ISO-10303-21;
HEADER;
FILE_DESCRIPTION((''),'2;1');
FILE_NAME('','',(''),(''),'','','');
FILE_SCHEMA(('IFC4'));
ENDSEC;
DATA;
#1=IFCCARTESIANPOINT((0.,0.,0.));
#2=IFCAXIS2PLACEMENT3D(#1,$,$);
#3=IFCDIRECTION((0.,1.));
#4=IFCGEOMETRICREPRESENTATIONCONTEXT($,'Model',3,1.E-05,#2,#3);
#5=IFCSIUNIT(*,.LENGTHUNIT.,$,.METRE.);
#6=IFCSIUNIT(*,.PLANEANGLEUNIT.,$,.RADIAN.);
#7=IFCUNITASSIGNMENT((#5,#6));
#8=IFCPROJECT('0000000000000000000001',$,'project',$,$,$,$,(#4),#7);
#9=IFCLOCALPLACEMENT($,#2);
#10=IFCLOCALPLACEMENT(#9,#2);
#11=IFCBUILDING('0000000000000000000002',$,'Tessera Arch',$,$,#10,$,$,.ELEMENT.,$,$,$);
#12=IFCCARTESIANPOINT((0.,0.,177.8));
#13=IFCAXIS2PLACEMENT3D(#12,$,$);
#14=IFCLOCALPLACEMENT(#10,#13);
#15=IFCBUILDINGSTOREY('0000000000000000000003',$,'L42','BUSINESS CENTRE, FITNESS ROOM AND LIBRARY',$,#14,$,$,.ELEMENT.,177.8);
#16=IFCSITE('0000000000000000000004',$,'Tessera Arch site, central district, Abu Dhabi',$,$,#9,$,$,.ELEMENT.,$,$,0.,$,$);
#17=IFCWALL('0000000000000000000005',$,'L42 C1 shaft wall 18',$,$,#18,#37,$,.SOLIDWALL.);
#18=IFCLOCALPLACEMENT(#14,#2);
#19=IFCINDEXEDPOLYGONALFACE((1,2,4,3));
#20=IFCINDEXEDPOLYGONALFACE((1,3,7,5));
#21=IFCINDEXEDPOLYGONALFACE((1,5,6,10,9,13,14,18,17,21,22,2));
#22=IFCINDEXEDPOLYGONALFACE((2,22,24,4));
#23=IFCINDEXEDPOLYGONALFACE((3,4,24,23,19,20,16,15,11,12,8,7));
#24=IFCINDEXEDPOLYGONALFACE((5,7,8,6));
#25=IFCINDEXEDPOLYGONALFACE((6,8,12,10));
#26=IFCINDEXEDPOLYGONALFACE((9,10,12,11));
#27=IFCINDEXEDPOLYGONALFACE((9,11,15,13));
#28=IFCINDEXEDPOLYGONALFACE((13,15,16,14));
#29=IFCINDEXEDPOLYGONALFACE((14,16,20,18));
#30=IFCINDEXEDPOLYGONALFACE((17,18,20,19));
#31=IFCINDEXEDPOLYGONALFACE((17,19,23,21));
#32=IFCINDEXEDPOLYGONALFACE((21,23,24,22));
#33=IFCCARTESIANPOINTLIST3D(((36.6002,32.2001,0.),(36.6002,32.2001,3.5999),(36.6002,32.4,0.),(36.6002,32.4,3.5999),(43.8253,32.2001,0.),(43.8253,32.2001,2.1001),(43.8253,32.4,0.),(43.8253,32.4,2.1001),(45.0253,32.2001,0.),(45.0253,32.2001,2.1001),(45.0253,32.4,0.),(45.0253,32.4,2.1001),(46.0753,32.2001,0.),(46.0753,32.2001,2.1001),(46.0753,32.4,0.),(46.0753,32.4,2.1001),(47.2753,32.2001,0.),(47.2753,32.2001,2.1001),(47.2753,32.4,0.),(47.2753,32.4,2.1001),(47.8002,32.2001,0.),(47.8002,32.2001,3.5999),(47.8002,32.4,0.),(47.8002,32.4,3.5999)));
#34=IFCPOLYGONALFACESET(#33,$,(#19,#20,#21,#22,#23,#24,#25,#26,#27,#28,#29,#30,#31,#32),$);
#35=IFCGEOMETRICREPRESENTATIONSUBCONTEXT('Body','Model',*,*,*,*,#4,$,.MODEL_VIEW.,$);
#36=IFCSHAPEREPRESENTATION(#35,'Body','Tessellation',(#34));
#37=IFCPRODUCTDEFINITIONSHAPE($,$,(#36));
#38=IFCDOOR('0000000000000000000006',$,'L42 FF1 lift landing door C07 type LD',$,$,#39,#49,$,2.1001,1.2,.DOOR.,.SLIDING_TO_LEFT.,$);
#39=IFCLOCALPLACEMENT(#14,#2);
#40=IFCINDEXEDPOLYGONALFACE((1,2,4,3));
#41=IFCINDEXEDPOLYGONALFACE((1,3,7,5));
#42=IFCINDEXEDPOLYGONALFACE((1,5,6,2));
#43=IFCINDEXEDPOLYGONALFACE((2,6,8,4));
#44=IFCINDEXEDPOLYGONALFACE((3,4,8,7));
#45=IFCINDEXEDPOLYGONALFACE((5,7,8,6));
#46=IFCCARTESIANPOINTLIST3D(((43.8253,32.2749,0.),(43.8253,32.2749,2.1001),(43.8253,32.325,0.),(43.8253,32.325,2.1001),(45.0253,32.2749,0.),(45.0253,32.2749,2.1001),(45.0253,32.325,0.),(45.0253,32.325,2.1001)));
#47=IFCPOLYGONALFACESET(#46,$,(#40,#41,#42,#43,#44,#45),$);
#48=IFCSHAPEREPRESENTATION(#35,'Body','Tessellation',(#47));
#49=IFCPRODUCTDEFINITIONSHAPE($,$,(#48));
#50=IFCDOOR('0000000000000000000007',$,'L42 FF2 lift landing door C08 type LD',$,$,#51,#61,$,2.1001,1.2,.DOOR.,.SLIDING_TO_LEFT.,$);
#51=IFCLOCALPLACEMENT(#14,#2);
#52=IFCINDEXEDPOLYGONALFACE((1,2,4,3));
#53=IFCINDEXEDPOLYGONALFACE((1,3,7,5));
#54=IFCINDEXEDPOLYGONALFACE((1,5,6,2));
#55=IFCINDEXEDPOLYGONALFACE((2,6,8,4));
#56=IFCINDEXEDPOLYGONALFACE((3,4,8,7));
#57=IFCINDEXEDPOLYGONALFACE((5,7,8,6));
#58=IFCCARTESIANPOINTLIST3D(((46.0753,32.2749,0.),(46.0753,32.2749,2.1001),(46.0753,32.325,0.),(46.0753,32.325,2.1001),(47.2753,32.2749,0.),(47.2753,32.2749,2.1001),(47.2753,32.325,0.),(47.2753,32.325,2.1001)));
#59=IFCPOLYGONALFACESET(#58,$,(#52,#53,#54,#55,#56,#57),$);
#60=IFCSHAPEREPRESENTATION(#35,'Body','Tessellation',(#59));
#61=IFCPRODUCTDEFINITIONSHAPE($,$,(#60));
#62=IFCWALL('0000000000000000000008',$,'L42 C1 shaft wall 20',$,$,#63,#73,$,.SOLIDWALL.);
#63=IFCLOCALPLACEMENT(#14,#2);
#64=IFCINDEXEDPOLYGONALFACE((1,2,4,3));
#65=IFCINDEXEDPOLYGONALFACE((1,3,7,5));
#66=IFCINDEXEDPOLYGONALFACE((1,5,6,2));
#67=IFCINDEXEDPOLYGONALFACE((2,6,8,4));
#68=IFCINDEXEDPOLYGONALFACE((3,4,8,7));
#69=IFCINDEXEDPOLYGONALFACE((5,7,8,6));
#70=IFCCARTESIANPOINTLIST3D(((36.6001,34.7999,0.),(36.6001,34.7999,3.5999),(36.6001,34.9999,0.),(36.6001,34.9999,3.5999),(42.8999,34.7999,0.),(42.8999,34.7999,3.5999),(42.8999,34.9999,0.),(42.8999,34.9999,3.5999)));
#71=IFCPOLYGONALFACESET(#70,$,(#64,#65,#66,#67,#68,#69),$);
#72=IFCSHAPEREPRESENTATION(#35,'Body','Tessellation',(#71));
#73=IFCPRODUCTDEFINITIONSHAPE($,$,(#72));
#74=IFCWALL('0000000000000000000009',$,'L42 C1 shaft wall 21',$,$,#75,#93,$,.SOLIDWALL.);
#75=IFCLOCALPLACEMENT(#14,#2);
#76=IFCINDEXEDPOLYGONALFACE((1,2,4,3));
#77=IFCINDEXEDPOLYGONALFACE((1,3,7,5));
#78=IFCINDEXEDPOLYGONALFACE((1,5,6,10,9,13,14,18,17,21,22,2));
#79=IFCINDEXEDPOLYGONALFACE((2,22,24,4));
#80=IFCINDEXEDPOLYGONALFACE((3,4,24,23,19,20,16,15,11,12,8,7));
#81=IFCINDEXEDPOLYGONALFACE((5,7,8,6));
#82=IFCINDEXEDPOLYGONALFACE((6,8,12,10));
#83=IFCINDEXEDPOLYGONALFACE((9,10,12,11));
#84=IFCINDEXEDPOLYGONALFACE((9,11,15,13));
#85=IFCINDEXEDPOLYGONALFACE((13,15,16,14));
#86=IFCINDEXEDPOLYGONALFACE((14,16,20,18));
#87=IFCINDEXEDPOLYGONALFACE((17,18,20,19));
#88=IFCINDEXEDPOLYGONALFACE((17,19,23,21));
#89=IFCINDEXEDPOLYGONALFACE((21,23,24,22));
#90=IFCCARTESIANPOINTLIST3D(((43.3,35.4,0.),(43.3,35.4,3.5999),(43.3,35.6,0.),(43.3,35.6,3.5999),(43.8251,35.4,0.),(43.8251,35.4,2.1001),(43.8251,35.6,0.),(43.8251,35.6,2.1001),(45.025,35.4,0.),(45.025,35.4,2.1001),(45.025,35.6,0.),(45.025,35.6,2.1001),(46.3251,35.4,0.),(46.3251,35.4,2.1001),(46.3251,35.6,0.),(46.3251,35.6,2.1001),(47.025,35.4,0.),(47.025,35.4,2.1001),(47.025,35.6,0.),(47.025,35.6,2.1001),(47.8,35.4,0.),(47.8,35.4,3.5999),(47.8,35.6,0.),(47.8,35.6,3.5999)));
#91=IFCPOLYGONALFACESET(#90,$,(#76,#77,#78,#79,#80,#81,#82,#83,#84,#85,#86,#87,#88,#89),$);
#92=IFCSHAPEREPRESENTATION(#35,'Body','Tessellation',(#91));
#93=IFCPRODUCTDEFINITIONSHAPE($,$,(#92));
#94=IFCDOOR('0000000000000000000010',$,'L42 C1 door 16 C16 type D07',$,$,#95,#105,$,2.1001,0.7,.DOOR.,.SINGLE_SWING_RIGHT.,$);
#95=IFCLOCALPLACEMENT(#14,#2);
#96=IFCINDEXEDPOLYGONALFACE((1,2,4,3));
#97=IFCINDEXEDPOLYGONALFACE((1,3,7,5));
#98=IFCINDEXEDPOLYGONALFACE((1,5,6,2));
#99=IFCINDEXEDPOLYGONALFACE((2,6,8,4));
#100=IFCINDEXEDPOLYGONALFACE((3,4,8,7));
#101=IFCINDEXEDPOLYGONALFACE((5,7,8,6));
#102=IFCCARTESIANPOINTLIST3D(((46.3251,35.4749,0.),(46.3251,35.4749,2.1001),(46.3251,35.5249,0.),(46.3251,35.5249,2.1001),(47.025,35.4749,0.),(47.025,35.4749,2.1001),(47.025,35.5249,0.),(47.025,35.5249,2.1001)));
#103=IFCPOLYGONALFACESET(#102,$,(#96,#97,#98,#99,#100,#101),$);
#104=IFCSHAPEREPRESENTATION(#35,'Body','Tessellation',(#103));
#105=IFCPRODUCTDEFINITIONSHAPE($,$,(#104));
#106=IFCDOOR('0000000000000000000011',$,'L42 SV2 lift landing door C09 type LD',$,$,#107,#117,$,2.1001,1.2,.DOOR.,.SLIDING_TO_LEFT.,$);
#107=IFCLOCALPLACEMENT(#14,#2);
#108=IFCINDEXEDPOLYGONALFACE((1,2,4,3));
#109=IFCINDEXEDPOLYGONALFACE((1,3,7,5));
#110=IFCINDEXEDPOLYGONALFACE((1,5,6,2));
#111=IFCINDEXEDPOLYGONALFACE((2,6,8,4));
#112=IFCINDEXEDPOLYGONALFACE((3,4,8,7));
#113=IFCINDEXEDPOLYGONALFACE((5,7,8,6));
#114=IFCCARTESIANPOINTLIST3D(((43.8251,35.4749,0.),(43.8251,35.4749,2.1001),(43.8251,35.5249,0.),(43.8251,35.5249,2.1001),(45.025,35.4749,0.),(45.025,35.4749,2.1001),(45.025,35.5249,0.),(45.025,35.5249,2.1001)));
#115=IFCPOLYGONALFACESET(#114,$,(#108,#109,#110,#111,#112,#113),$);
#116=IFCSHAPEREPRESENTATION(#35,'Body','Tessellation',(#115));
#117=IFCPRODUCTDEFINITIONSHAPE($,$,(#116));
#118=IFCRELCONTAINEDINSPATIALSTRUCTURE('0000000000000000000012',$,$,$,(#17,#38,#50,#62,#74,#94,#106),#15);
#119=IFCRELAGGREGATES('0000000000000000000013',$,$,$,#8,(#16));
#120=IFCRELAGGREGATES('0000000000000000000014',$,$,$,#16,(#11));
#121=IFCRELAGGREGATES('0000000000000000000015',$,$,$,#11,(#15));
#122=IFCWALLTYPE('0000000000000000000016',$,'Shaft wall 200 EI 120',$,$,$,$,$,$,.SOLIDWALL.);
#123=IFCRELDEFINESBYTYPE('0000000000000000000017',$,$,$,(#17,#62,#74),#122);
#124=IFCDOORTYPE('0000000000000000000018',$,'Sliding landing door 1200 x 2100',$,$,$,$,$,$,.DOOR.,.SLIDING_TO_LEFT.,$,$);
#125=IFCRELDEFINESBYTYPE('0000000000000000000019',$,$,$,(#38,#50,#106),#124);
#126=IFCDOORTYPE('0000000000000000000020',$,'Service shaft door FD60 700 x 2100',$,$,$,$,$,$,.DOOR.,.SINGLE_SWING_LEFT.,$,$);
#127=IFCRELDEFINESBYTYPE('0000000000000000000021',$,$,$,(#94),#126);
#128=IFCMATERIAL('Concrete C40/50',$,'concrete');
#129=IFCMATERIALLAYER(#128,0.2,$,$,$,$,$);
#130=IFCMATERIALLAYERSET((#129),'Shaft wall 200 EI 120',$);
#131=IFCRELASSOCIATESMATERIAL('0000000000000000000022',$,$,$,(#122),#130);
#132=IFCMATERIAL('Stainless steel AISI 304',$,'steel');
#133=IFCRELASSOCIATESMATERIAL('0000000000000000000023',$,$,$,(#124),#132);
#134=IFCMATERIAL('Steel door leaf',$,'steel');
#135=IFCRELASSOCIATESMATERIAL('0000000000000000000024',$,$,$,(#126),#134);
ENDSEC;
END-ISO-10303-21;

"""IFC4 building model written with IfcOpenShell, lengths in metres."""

from ifc_helpers import new_model, si_unit, direction, frame, frame_2d, origin, place, context, subcontext, project, spatial, rectangle, extrude, material, layer, layer_set, type_object, element, fill, save


model = new_model("IFC4")

# Units and contexts
model_context = context("Model", 3, precision=1e-05, world=origin(), true_north=direction((0.0, 1.0)))
body_context = subcontext(model_context, "Body", "Model", "MODEL_VIEW")
ifc_project = project(units=[si_unit("LENGTHUNIT", "METRE"), si_unit("PLANEANGLEUNIT", "RADIAN")], contexts=[model_context])

# Site, building, storey
site_placement = place(None, origin())
site = spatial("IfcSite", under=ifc_project, at=site_placement, Name="Tessera Arch site, central district, Abu Dhabi", CompositionType="ELEMENT", RefElevation=0.0)
building_placement = place(site_placement, origin())
building = spatial("IfcBuilding", under=site, at=building_placement, Name="Tessera Arch", CompositionType="ELEMENT")
storey_placement = place(building_placement, frame((0.0, 0.0, 177.8)))
storey = spatial("IfcBuildingStorey", under=building, at=storey_placement, Name="L42", Description="BUSINESS CENTRE, FITNESS ROOM AND LIBRARY", CompositionType="ELEMENT", Elevation=177.8)

# Shared definitions
ifc_material_1 = material(Name="Concrete C40/50", Category="concrete")
ifc_layer_1 = layer(ifc_material_1, 0.2)
ifc_layer_set_1 = layer_set([ifc_layer_1], Name="Shaft wall 200 EI 120")
wall_type_1 = type_object("IfcWallType", Name="Shaft wall 200 EI 120", PredefinedType="SOLIDWALL", material=ifc_layer_set_1)

# Wall, openings, doors
wall_1_placement = place(storey_placement, frame((36.6001, 32.3, 0.0), z_axis=(0.0, 0.0, 1.0), x_axis=(1.0, 0.0, 0.0)))
wall_1 = element("IfcWall", 1, at=wall_1_placement, inside=storey, type_object=wall_type_1, Name="L42 C1 shaft wall 18", PredefinedType="SOLIDWALL", context=body_context, shape_type="SweptSolid", body=[
    extrude(rectangle(XDim=11.2, YDim=0.2, at=frame_2d((5.6001, 0.0))), origin(), (0.0, 0.0, 1.0), 3.5999),
])
opening_1_placement = place(wall_1_placement, frame((7.2251, 0.0, 0.0)))
opening_1 = element("IfcOpeningElement", 2, at=opening_1_placement, cuts=wall_1, PredefinedType="OPENING", context=body_context, shape_type="SweptSolid", body=[
    extrude(rectangle(XDim=1.2, YDim=2.1001, at=frame_2d((0.6001, 1.05))), frame((0.0, 0.1099, 0.0), z_axis=(0.0, -1.0, 0.0), x_axis=(1.0, 0.0, 0.0)), (0.0, 0.0, 1.0), 0.22),
])
opening_2_placement = place(wall_1_placement, frame((9.4751, 0.0, 0.0)))
opening_2 = element("IfcOpeningElement", 3, at=opening_2_placement, cuts=wall_1, PredefinedType="OPENING", context=body_context, shape_type="SweptSolid", body=[
    extrude(rectangle(XDim=1.2, YDim=2.1001, at=frame_2d((0.6001, 1.05))), frame((0.0, 0.1099, 0.0), z_axis=(0.0, -1.0, 0.0), x_axis=(1.0, 0.0, 0.0)), (0.0, 0.0, 1.0), 0.22),
])
ifc_material_2 = material(Name="Stainless steel AISI 304", Category="steel")
door_type_1 = type_object("IfcDoorType", Name="Sliding landing door 1200 x 2100", OperationType="SLIDING_TO_LEFT", PredefinedType="DOOR", material=ifc_material_2)
door_1_placement = place(opening_1_placement, origin())
door_1 = element("IfcDoor", 4, at=door_1_placement, inside=storey, type_object=door_type_1, Name="L42 FF1 lift landing door C07 type LD", OperationType="SLIDING_TO_LEFT", OverallHeight=2.1001, OverallWidth=1.2, PredefinedType="DOOR", context=body_context, shape_type="SweptSolid", body=[
    extrude(rectangle(XDim=1.2, YDim=2.1001, at=frame_2d((0.6001, 1.05))), frame((0.0, 0.0249, 0.0), z_axis=(0.0, -1.0, 0.0), x_axis=(1.0, 0.0, 0.0)), (0.0, 0.0, 1.0), 0.05),
])
fill(opening_1, door_1)
door_2_placement = place(opening_2_placement, origin())
door_2 = element("IfcDoor", 5, at=door_2_placement, inside=storey, type_object=door_type_1, Name="L42 FF2 lift landing door C08 type LD", OperationType="SLIDING_TO_LEFT", OverallHeight=2.1001, OverallWidth=1.2, PredefinedType="DOOR", context=body_context, shape_type="SweptSolid", body=[
    extrude(rectangle(XDim=1.2, YDim=2.1001, at=frame_2d((0.6001, 1.05))), frame((0.0, 0.0249, 0.0), z_axis=(0.0, -1.0, 0.0), x_axis=(1.0, 0.0, 0.0)), (0.0, 0.0, 1.0), 0.05),
])
fill(opening_2, door_2)

# Wall
wall_2_placement = place(storey_placement, frame((36.6001, 34.8999, 0.0), z_axis=(0.0, 0.0, 1.0), x_axis=(1.0, 0.0, 0.0)))
element("IfcWall", 6, at=wall_2_placement, inside=storey, type_object=wall_type_1, Name="L42 C1 shaft wall 20", PredefinedType="SOLIDWALL", context=body_context, shape_type="SweptSolid", body=[
    extrude(rectangle(XDim=6.2998, YDim=0.2, at=frame_2d((3.1499, 0.0))), origin(), (0.0, 0.0, 1.0), 3.5999),
])

# Wall, openings, doors
wall_3_placement = place(storey_placement, frame((43.3, 35.5, 0.0), z_axis=(0.0, 0.0, 1.0), x_axis=(1.0, 0.0, 0.0)))
wall_3 = element("IfcWall", 7, at=wall_3_placement, inside=storey, type_object=wall_type_1, Name="L42 C1 shaft wall 21", PredefinedType="SOLIDWALL", context=body_context, shape_type="SweptSolid", body=[
    extrude(rectangle(XDim=4.5, YDim=0.2, at=frame_2d((2.25, 0.0))), origin(), (0.0, 0.0, 1.0), 3.5999),
])
opening_3_placement = place(wall_3_placement, frame((0.5249, 0.0, 0.0)))
opening_3 = element("IfcOpeningElement", 8, at=opening_3_placement, cuts=wall_3, PredefinedType="OPENING", context=body_context, shape_type="SweptSolid", body=[
    extrude(rectangle(XDim=1.2, YDim=2.1001, at=frame_2d((0.6001, 1.05))), frame((0.0, 0.1099, 0.0), z_axis=(0.0, -1.0, 0.0), x_axis=(1.0, 0.0, 0.0)), (0.0, 0.0, 1.0), 0.22),
])
opening_4_placement = place(wall_3_placement, frame((3.0249, 0.0, 0.0)))
opening_4 = element("IfcOpeningElement", 9, at=opening_4_placement, cuts=wall_3, PredefinedType="OPENING", context=body_context, shape_type="SweptSolid", body=[
    extrude(rectangle(XDim=0.7, YDim=2.1001, at=frame_2d((0.3501, 1.05))), frame((0.0, 0.1099, 0.0), z_axis=(0.0, -1.0, 0.0), x_axis=(1.0, 0.0, 0.0)), (0.0, 0.0, 1.0), 0.22),
])
ifc_material_3 = material(Name="Steel door leaf", Category="steel")
door_type_2 = type_object("IfcDoorType", Name="Service shaft door FD60 700 x 2100", OperationType="SINGLE_SWING_LEFT", PredefinedType="DOOR", material=ifc_material_3)
door_3_placement = place(opening_4_placement, origin())
door_3 = element("IfcDoor", 10, at=door_3_placement, inside=storey, type_object=door_type_2, Name="L42 C1 door 16 C16 type D07", OperationType="SINGLE_SWING_RIGHT", OverallHeight=2.1001, OverallWidth=0.7, PredefinedType="DOOR", context=body_context, shape_type="SweptSolid", body=[
    extrude(rectangle(XDim=0.7, YDim=2.1001, at=frame_2d((0.3501, 1.05))), frame((0.0, 0.0249, 0.0), z_axis=(0.0, -1.0, 0.0), x_axis=(1.0, 0.0, 0.0)), (0.0, 0.0, 1.0), 0.05),
])
fill(opening_4, door_3)
door_4_placement = place(opening_3_placement, origin())
door_4 = element("IfcDoor", 11, at=door_4_placement, inside=storey, type_object=door_type_1, Name="L42 SV2 lift landing door C09 type LD", OperationType="SLIDING_TO_LEFT", OverallHeight=2.1001, OverallWidth=1.2, PredefinedType="DOOR", context=body_context, shape_type="SweptSolid", body=[
    extrude(rectangle(XDim=1.2, YDim=2.1001, at=frame_2d((0.6001, 1.05))), frame((0.0, 0.0249, 0.0), z_axis=(0.0, -1.0, 0.0), x_axis=(1.0, 0.0, 0.0)), (0.0, 0.0, 1.0), 0.05),
])
fill(opening_3, door_4)

save(model, "model.ifc")
